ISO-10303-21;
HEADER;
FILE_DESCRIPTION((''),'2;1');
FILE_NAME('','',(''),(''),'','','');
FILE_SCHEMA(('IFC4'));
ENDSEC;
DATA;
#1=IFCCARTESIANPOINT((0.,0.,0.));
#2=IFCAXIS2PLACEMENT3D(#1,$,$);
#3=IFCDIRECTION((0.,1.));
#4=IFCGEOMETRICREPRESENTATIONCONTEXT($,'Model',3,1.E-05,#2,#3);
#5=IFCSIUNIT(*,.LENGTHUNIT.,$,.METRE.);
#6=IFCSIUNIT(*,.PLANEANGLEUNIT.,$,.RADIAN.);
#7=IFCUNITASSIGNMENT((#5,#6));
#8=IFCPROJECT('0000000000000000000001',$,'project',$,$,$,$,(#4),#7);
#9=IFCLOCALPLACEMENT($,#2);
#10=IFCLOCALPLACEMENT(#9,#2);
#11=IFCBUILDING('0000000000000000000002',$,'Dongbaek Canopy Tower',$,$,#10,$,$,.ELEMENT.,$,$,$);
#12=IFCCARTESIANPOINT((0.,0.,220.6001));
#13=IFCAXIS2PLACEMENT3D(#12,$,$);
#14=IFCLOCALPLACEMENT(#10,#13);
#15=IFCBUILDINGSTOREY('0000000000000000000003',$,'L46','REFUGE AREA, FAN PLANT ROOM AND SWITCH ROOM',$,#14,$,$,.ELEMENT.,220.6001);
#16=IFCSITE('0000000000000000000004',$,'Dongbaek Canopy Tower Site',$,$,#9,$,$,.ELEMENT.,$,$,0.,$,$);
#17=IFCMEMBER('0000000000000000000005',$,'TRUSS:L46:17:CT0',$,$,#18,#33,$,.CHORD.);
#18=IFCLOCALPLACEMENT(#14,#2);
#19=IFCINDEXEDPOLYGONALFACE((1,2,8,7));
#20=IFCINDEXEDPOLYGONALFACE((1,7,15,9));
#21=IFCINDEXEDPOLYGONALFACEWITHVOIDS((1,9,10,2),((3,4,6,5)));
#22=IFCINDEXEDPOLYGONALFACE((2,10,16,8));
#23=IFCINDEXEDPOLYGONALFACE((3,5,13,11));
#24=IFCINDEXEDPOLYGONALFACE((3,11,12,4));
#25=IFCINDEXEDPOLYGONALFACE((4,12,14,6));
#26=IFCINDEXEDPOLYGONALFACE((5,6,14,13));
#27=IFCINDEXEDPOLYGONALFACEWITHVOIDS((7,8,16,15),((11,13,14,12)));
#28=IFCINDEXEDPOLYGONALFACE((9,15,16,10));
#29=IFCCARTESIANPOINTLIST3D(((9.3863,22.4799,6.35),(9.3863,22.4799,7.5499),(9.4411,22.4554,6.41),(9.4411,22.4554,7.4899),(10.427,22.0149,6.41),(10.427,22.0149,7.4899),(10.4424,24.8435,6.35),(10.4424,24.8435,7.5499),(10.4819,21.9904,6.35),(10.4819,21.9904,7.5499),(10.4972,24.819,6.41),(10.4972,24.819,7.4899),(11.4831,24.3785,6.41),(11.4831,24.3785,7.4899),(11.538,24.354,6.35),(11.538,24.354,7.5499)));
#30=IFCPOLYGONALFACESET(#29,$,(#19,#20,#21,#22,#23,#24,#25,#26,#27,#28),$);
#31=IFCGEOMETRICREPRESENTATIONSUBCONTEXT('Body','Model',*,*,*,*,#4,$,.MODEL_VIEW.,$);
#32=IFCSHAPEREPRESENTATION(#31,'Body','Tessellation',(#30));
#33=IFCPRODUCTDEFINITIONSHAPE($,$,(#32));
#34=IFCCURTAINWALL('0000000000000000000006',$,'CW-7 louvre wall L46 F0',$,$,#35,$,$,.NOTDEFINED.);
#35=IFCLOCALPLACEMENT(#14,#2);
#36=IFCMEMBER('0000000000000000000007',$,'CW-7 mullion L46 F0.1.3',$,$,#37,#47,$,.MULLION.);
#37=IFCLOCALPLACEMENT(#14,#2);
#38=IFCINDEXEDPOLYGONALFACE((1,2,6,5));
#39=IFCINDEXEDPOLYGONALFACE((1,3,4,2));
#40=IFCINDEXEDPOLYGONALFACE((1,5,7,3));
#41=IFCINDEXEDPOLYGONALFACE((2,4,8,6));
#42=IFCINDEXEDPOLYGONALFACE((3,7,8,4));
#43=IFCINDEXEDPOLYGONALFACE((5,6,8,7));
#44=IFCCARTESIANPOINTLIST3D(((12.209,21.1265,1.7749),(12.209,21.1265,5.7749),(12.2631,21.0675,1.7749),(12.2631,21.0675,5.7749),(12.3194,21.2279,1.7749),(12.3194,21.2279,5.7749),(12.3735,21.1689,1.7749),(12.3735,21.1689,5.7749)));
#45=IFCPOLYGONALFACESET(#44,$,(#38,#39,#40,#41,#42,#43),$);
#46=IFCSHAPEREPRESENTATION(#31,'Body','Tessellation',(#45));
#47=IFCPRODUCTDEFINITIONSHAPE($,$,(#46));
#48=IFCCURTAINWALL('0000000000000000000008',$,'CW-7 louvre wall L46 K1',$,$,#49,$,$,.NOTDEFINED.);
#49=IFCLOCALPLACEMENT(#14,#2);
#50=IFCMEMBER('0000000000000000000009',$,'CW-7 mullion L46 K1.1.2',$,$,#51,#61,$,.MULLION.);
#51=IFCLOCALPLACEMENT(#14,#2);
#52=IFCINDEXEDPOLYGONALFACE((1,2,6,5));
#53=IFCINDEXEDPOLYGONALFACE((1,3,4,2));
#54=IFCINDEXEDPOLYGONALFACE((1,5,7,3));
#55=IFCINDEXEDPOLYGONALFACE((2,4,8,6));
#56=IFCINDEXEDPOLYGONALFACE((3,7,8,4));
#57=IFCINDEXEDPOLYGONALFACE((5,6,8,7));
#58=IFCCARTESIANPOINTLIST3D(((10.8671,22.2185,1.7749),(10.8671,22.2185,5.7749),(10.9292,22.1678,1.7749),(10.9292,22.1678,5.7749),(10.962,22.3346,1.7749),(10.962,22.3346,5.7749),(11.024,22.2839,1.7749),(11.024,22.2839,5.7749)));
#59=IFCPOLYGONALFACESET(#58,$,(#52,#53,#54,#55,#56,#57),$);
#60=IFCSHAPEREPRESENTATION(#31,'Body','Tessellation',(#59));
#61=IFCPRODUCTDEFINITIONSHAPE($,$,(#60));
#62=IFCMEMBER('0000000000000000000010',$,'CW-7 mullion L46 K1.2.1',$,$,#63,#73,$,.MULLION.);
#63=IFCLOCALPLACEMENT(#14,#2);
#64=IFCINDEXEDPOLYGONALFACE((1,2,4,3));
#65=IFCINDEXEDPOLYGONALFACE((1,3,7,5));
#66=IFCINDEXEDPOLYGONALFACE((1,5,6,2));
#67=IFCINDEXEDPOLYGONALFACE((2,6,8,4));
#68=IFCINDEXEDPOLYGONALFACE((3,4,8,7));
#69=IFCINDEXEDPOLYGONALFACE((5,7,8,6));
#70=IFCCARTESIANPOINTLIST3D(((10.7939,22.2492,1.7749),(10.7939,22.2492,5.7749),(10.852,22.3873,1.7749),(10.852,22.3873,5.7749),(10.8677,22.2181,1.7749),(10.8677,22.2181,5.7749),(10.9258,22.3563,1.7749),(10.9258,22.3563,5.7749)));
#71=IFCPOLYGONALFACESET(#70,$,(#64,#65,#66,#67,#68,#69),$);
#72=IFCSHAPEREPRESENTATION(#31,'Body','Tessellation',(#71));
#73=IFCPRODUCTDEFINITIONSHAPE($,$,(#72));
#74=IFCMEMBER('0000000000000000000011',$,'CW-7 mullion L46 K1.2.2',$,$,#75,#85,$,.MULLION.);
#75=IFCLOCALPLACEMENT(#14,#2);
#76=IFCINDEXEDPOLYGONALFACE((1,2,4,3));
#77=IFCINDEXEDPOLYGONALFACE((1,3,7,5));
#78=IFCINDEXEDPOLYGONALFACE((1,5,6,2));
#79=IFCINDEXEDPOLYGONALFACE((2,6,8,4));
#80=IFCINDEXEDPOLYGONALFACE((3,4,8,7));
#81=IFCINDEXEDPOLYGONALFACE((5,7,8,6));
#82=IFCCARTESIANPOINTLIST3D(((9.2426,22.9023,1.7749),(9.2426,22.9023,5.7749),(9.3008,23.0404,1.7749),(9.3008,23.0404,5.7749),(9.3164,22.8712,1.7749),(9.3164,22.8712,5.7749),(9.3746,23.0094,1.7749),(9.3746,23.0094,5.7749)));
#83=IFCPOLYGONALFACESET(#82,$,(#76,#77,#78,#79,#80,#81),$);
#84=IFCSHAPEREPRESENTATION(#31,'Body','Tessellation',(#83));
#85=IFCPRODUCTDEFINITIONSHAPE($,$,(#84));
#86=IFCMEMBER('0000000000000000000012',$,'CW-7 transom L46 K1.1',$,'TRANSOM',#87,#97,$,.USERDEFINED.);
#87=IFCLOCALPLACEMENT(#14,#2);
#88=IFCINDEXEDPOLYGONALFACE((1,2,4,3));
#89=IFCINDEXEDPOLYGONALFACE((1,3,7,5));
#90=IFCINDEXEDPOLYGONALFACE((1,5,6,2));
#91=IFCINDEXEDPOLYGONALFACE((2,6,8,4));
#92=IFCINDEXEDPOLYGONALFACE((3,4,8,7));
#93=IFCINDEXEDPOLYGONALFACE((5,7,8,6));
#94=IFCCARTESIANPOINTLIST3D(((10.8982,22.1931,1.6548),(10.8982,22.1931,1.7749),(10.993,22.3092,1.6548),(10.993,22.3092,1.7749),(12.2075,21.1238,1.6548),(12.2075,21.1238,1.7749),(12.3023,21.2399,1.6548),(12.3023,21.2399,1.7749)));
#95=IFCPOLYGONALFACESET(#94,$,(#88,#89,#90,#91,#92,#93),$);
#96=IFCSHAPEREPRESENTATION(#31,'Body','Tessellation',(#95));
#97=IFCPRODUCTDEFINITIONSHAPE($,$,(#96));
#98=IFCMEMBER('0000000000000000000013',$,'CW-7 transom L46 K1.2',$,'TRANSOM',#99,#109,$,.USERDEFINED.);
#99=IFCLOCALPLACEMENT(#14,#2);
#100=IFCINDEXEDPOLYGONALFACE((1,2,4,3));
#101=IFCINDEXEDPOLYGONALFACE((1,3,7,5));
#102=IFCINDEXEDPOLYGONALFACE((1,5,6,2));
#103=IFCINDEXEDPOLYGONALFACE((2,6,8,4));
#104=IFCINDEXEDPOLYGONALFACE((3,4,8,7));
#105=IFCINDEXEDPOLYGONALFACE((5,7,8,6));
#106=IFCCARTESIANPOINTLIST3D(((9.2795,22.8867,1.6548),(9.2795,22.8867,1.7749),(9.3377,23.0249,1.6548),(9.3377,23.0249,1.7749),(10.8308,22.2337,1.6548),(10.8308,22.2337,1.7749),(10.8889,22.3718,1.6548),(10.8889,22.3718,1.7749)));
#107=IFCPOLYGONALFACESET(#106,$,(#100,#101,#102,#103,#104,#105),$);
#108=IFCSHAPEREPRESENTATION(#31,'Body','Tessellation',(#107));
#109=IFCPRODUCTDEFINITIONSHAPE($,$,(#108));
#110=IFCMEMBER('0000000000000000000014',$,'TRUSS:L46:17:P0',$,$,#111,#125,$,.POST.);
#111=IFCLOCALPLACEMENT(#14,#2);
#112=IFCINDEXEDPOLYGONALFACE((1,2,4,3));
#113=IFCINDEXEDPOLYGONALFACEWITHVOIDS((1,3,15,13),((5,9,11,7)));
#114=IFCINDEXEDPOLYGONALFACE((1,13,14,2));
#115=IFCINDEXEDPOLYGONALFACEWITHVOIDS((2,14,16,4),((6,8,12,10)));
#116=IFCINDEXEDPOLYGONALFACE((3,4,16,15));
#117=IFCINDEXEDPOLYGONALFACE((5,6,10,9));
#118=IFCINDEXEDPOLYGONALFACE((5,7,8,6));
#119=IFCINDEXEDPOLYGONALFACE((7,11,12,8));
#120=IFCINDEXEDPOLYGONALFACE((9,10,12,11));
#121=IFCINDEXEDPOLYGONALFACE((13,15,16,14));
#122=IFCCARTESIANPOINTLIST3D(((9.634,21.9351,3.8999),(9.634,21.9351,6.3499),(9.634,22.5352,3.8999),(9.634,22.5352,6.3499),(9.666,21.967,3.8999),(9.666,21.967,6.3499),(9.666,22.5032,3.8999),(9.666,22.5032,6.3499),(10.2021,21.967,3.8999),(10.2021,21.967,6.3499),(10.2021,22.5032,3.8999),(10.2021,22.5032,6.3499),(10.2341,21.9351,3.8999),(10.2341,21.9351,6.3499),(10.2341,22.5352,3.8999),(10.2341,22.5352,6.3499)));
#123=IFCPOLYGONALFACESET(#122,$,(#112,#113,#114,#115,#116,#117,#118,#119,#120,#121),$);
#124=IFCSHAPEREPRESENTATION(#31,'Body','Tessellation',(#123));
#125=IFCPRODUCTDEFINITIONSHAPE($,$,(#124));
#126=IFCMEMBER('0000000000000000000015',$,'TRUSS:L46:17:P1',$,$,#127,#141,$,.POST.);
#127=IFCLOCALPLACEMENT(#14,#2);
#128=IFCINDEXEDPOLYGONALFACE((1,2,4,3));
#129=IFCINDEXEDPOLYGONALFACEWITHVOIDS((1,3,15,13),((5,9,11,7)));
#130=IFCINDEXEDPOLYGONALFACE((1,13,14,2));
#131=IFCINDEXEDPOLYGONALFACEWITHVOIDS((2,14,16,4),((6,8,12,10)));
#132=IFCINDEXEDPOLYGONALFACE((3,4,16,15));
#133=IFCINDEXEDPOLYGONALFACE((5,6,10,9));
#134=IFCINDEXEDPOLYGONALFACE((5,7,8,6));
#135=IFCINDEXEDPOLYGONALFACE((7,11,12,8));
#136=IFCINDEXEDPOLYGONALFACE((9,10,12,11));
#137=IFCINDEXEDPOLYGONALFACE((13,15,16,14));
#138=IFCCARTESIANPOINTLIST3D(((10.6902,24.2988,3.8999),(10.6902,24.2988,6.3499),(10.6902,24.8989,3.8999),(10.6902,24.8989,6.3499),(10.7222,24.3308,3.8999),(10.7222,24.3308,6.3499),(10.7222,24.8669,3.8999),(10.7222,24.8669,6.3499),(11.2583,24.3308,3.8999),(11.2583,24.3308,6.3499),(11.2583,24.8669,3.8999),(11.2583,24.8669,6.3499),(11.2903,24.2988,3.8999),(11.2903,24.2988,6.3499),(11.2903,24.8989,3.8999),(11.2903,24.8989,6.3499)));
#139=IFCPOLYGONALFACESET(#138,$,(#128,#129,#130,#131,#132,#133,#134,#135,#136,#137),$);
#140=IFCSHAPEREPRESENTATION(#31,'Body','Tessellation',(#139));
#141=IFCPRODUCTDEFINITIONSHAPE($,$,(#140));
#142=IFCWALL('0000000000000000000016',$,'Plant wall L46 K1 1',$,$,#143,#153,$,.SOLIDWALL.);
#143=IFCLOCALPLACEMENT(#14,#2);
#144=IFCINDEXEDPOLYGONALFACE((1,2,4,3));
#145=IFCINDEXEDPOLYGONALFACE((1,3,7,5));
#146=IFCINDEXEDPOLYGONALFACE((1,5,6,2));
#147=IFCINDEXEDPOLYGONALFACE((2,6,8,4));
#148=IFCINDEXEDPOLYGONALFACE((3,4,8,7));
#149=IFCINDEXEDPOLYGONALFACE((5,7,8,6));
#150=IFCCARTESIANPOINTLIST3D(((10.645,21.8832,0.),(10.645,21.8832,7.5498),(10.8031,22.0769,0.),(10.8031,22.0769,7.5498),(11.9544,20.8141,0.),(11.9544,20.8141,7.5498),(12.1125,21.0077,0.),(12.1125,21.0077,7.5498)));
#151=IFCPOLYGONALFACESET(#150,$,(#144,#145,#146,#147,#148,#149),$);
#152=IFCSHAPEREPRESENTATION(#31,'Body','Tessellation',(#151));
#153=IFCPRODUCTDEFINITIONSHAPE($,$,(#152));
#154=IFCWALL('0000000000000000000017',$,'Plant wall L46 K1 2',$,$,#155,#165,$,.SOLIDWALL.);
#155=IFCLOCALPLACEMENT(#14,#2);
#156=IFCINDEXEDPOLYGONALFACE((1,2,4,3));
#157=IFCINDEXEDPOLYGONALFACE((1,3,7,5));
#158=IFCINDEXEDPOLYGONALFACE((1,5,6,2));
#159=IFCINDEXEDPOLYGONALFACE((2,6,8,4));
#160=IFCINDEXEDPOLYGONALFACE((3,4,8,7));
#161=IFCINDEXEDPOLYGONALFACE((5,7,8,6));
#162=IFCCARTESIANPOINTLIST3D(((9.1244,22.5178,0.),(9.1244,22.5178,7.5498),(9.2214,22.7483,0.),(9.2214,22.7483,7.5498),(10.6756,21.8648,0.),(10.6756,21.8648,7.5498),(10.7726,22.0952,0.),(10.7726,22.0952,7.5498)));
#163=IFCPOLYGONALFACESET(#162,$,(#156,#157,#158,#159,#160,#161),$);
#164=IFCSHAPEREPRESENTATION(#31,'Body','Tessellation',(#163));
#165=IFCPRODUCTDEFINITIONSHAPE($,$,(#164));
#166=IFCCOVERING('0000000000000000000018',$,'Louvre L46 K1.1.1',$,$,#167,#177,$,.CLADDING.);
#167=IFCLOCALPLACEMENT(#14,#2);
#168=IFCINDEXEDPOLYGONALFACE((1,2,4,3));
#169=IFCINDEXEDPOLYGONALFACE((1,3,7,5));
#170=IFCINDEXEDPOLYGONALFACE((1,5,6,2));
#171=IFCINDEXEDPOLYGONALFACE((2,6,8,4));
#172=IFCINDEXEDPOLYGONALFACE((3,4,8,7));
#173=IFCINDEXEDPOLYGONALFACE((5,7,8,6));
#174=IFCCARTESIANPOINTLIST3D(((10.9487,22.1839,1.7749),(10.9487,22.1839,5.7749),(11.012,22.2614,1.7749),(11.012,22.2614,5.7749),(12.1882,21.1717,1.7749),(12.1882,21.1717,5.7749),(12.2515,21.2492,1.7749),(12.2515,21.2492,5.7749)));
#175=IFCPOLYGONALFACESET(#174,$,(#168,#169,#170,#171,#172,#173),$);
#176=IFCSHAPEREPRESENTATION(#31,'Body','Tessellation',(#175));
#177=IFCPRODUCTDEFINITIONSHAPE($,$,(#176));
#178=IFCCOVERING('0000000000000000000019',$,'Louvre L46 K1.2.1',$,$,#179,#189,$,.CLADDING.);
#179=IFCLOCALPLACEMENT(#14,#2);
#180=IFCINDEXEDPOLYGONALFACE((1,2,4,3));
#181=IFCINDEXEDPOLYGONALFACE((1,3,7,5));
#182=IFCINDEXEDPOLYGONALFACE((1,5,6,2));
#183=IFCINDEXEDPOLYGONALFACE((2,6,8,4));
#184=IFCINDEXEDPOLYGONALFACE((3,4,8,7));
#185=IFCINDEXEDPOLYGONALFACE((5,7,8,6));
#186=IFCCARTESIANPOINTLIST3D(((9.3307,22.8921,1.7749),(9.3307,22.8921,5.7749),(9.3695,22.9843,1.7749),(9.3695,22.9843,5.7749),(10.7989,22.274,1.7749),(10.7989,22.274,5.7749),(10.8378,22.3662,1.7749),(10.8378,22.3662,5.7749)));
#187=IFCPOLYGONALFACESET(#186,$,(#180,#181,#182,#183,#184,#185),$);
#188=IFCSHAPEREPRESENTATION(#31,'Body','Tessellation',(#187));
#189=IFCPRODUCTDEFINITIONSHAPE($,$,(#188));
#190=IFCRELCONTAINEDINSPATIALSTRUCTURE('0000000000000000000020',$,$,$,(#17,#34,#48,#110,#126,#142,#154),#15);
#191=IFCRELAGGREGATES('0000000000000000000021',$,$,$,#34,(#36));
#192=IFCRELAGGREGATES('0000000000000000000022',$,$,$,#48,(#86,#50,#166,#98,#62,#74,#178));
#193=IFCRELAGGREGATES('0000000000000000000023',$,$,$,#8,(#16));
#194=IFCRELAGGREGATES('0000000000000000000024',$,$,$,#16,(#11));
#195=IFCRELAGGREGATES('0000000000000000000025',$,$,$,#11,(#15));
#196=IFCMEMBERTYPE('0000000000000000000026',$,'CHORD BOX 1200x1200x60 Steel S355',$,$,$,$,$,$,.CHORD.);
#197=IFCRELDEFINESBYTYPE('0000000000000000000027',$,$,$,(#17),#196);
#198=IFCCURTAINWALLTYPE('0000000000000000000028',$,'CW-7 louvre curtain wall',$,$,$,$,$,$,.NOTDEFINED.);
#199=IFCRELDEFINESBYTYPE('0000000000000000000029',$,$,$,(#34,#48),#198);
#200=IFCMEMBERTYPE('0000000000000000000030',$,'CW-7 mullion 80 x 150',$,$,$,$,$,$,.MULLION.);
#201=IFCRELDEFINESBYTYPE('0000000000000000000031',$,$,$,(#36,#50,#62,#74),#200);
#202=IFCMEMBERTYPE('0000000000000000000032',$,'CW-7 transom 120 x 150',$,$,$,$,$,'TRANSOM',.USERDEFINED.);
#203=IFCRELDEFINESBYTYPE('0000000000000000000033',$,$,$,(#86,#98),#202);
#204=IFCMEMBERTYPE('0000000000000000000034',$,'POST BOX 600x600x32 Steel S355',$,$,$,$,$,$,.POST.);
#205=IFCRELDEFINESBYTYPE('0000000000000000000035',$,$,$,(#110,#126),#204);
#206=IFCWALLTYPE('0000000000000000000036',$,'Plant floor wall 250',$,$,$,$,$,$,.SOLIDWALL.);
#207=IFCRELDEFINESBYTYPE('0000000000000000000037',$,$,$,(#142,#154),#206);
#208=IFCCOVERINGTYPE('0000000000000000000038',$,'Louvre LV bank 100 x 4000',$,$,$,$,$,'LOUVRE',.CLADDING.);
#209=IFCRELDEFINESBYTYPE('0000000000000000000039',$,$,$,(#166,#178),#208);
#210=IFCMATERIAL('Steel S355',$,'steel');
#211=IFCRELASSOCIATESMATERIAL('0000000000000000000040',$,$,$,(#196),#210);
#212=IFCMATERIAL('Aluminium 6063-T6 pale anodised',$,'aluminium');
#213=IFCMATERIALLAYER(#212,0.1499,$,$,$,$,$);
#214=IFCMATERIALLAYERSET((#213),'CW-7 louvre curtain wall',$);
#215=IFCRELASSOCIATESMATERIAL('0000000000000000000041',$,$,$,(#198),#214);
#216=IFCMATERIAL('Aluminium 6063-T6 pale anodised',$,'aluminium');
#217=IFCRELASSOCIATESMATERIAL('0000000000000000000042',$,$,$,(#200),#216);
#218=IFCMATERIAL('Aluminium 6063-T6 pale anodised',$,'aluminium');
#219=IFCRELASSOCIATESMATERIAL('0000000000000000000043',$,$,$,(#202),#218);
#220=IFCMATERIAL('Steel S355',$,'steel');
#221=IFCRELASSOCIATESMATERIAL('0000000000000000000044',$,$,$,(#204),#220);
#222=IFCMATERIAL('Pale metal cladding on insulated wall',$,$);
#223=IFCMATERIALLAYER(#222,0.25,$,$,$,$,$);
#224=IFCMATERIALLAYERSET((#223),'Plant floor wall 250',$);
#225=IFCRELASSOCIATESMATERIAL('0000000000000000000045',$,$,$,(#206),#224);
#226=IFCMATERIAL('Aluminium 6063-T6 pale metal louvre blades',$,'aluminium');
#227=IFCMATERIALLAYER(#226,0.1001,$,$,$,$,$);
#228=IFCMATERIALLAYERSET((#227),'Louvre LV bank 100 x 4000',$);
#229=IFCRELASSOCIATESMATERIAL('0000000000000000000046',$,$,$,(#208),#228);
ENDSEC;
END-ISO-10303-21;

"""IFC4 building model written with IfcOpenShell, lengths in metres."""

from ifc_helpers import new_model, si_unit, direction, frame, frame_2d, origin, origin_2d, place, context, subcontext, project, spatial, rectangle, hollow_rectangle, extrude, material, layer, layer_set, material_profile, profile_set, type_object, element, aggregate, save


model = new_model("IFC4")

# Units and contexts
model_context = context("Model", 3, precision=1e-05, world=origin(), true_north=direction((0.0, 1.0)))
body_context = subcontext(model_context, "Body", "Model", "MODEL_VIEW")
ifc_project = project(units=[si_unit("LENGTHUNIT", "METRE"), si_unit("PLANEANGLEUNIT", "RADIAN")], contexts=[model_context])

# Site, building, storey
site_placement = place(None, origin())
site = spatial("IfcSite", under=ifc_project, at=site_placement, Name="Dongbaek Canopy Tower Site", CompositionType="ELEMENT", RefElevation=0.0)
building_placement = place(site_placement, origin())
building = spatial("IfcBuilding", under=site, at=building_placement, Name="Dongbaek Canopy Tower", CompositionType="ELEMENT")
storey_placement = place(building_placement, frame((0.0, 0.0, 220.6001)))
storey = spatial("IfcBuildingStorey", under=building, at=storey_placement, Name="L46", Description="REFUGE AREA, FAN PLANT ROOM AND SWITCH ROOM", CompositionType="ELEMENT", Elevation=220.6001)

# Member
ifc_material_1 = material(Name="Steel S355", Category="steel")
ifc_material_profile_1 = material_profile(ifc_material_1, hollow_rectangle(XDim=1.2, YDim=1.2, WallThickness=0.0601, at=origin_2d()), Name="CHORD BOX 1200x1200x60 Steel S355")
ifc_profile_set_1 = profile_set([ifc_material_profile_1], Name="Steel S355")
member_type_1 = type_object("IfcMemberType", Name="CHORD BOX 1200x1200x60 Steel S355", PredefinedType="CHORD", material=ifc_profile_set_1)
for number, where, z_axis, x_axis, name in (
    (1, (9.9341, 22.2351, 6.95), (0.40794, 0.913009, 0.0), (-0.913009, 0.40794, 0.0), "TRUSS:L46:17:CT0"),
):
    element("IfcMember", number, at=place(storey_placement, frame(where, z_axis=z_axis, x_axis=x_axis)), inside=storey, type_object=member_type_1, Name=name, PredefinedType="CHORD", context=body_context, shape_type="SweptSolid", body=[
        extrude(hollow_rectangle(XDim=1.2, YDim=1.2, WallThickness=0.0601, at=origin_2d()), origin(), (0.0, 0.0, 1.0), 2.5889),
    ])

# Curtain wall, member
ifc_material_2 = material(Name="Aluminium 6063-T6 pale anodised", Category="aluminium")
ifc_layer_1 = layer(ifc_material_2, 0.1499)
ifc_layer_set_1 = layer_set([ifc_layer_1], Name="CW-7 louvre curtain wall")
curtain_wall_type = type_object("IfcCurtainWallType", Name="CW-7 louvre curtain wall", PredefinedType="NOTDEFINED", material=ifc_layer_set_1)
curtain_wall_1_placement = place(storey_placement, origin())
curtain_wall_1 = element("IfcCurtainWall", 2, at=curtain_wall_1_placement, inside=storey, type_object=curtain_wall_type, Name="CW-7 louvre wall L46 F0", PredefinedType="NOTDEFINED")
ifc_material_3 = material(Name="Aluminium 6063-T6 pale anodised", Category="aluminium")
ifc_material_profile_2 = material_profile(ifc_material_3, rectangle(XDim=0.1499, YDim=0.0801, at=origin_2d()), Name="CW-7 mullion 80 x 150")
ifc_profile_set_2 = profile_set([ifc_material_profile_2], Name="Aluminium 6063-T6 pale anodised")
member_type_2 = type_object("IfcMemberType", Name="CW-7 mullion 80 x 150", PredefinedType="MULLION", material=ifc_profile_set_2)
member_1_placement = place(storey_placement, frame((12.2913, 21.1477, 1.7749), z_axis=(0.0, 0.0, 1.0), x_axis=(0.736542, 0.676392, 0.0)))
member_1 = element("IfcMember", 3, at=member_1_placement, type_object=member_type_2, Name="CW-7 mullion L46 F0.1.3", PredefinedType="MULLION", context=body_context, shape_type="SweptSolid", body=[
    extrude(rectangle(XDim=0.1499, YDim=0.0801, at=origin_2d()), origin(), (0.0, 0.0, 1.0), 4.0),
])
aggregate(curtain_wall_1, [member_1])

# Curtain wall, members
curtain_wall_2_placement = place(storey_placement, origin())
curtain_wall_2 = element("IfcCurtainWall", 4, at=curtain_wall_2_placement, inside=storey, type_object=curtain_wall_type, Name="CW-7 louvre wall L46 K1", PredefinedType="NOTDEFINED")
member_2_placement = place(storey_placement, frame((10.9456, 22.2512, 1.7749), z_axis=(0.0, 0.0, 1.0), x_axis=(0.632511, 0.774551, 0.0)))
member_2 = element("IfcMember", 5, at=member_2_placement, type_object=member_type_2, Name="CW-7 mullion L46 K1.1.2", PredefinedType="MULLION", context=body_context, shape_type="SweptSolid", body=[
    extrude(rectangle(XDim=0.1499, YDim=0.0801, at=origin_2d()), origin(), (0.0, 0.0, 1.0), 4.0),
])
member_3_placement = place(storey_placement, frame((10.8599, 22.3027, 1.7749), z_axis=(0.0, 0.0, 1.0), x_axis=(0.388024, 0.921649, 0.0)))
member_3 = element("IfcMember", 6, at=member_3_placement, type_object=member_type_2, Name="CW-7 mullion L46 K1.2.1", PredefinedType="MULLION", context=body_context, shape_type="SweptSolid", body=[
    extrude(rectangle(XDim=0.1499, YDim=0.0801, at=origin_2d()), origin(), (0.0, 0.0, 1.0), 4.0),
])
member_4_placement = place(storey_placement, frame((9.3086, 22.9558, 1.7749), z_axis=(0.0, 0.0, 1.0), x_axis=(0.388024, 0.921649, 0.0)))
member_4 = element("IfcMember", 7, at=member_4_placement, type_object=member_type_2, Name="CW-7 mullion L46 K1.2.2", PredefinedType="MULLION", context=body_context, shape_type="SweptSolid", body=[
    extrude(rectangle(XDim=0.1499, YDim=0.0801, at=origin_2d()), origin(), (0.0, 0.0, 1.0), 4.0),
])
ifc_material_4 = material(Name="Aluminium 6063-T6 pale anodised", Category="aluminium")
ifc_material_profile_3 = material_profile(ifc_material_4, rectangle(XDim=0.1499, YDim=0.1201, at=origin_2d()), Name="CW-7 transom 120 x 150")
ifc_profile_set_3 = profile_set([ifc_material_profile_3], Name="Aluminium 6063-T6 pale anodised")
member_type_3 = type_object("IfcMemberType", Name="CW-7 transom 120 x 150", ElementType="TRANSOM", PredefinedType="USERDEFINED", material=ifc_profile_set_3)
member_5_placement = place(storey_placement, frame((12.2549, 21.1819, 1.7148), z_axis=(-0.774517, 0.632553, 0.0), x_axis=(-0.632553, -0.774517, 0.0)))
member_5 = element("IfcMember", 8, at=member_5_placement, type_object=member_type_3, Name="CW-7 transom L46 K1.1", ObjectType="TRANSOM", PredefinedType="USERDEFINED", context=body_context, shape_type="SweptSolid", body=[
    extrude(rectangle(XDim=0.1499, YDim=0.1201, at=origin_2d()), origin(), (0.0, 0.0, 1.0), 1.6904),
])
member_6_placement = place(storey_placement, frame((10.8599, 22.3027, 1.7148), z_axis=(-0.921654, 0.388012, 0.0), x_axis=(-0.388012, -0.921654, 0.0)))
member_6 = element("IfcMember", 9, at=member_6_placement, type_object=member_type_3, Name="CW-7 transom L46 K1.2", ObjectType="TRANSOM", PredefinedType="USERDEFINED", context=body_context, shape_type="SweptSolid", body=[
    extrude(rectangle(XDim=0.1499, YDim=0.1201, at=origin_2d()), origin(), (0.0, 0.0, 1.0), 1.6831),
])

# Members
ifc_material_5 = material(Name="Steel S355", Category="steel")
ifc_material_profile_4 = material_profile(ifc_material_5, hollow_rectangle(XDim=0.6001, YDim=0.6001, WallThickness=0.032, at=origin_2d()), Name="POST BOX 600x600x32 Steel S355")
ifc_profile_set_4 = profile_set([ifc_material_profile_4], Name="Steel S355")
member_type_4 = type_object("IfcMemberType", Name="POST BOX 600x600x32 Steel S355", PredefinedType="POST", material=ifc_profile_set_4)
for number, where, z_axis, x_axis, name in (
    (10, (9.9341, 22.2351, 3.8999), (0.0, 0.0, 1.0), (1.0, 0.0, 0.0), "TRUSS:L46:17:P0"),
    (11, (10.9902, 24.5989, 3.8999), (0.0, 0.0, 1.0), (1.0, 0.0, 0.0), "TRUSS:L46:17:P1"),
):
    element("IfcMember", number, at=place(storey_placement, frame(where, z_axis=z_axis, x_axis=x_axis)), inside=storey, type_object=member_type_4, Name=name, PredefinedType="POST", context=body_context, shape_type="SweptSolid", body=[
        extrude(hollow_rectangle(XDim=0.6001, YDim=0.6001, WallThickness=0.032, at=origin_2d()), origin(), (0.0, 0.0, 1.0), 2.45),
    ])

# Walls
ifc_material_6 = material(Name="Pale metal cladding on insulated wall")
ifc_layer_2 = layer(ifc_material_6, 0.25)
ifc_layer_set_2 = layer_set([ifc_layer_2], Name="Plant floor wall 250")
wall_type = type_object("IfcWallType", Name="Plant floor wall 250", PredefinedType="SOLIDWALL", material=ifc_layer_set_2)
wall_1_placement = place(storey_placement, frame((12.0334, 20.9109, 0.0), z_axis=(0.0, 0.0, 1.0), x_axis=(-0.774588, 0.632467, 0.0)))
element("IfcWall", 12, at=wall_1_placement, inside=storey, type_object=wall_type, Name="Plant wall L46 K1 1", PredefinedType="SOLIDWALL", context=body_context, shape_type="SweptSolid", body=[
    extrude(rectangle(XDim=1.6904, YDim=0.25, at=frame_2d((0.8452, 0.0))), origin(), (0.0, 0.0, 1.0), 7.5498),
])
wall_2_placement = place(storey_placement, frame((10.7241, 21.98, 0.0), z_axis=(0.0, 0.0, 1.0), x_axis=(-0.921654, 0.388012, 0.0)))
element("IfcWall", 13, at=wall_2_placement, inside=storey, type_object=wall_type, Name="Plant wall L46 K1 2", PredefinedType="SOLIDWALL", context=body_context, shape_type="SweptSolid", body=[
    extrude(rectangle(XDim=1.6831, YDim=0.25, at=frame_2d((0.8416, 0.0))), origin(), (0.0, 0.0, 1.0), 7.5498),
])

# Coverings
ifc_material_7 = material(Name="Aluminium 6063-T6 pale metal louvre blades", Category="aluminium")
ifc_layer_3 = layer(ifc_material_7, 0.1001)
ifc_layer_set_3 = layer_set([ifc_layer_3], Name="Louvre LV bank 100 x 4000")
covering_type = type_object("IfcCoveringType", Name="Louvre LV bank 100 x 4000", ElementType="LOUVRE", PredefinedType="CLADDING", material=ifc_layer_set_3)
covering_1_placement = place(storey_placement, frame((11.6001, 21.7166, 1.7749), z_axis=(0.0, 0.0, 1.0), x_axis=(-0.774551, 0.632511, 0.0)))
covering_1 = element("IfcCovering", 14, at=covering_1_placement, type_object=covering_type, Name="Louvre L46 K1.1.1", PredefinedType="CLADDING", context=body_context, shape_type="SweptSolid", body=[
    extrude(rectangle(XDim=1.6003, YDim=0.1001, at=origin_2d()), origin(), (0.0, 0.0, 1.0), 4.0),
])
covering_2_placement = place(storey_placement, frame((10.0842, 22.6292, 1.7749), z_axis=(0.0, 0.0, 1.0), x_axis=(-0.921649, 0.388024, 0.0)))
covering_2 = element("IfcCovering", 15, at=covering_2_placement, type_object=covering_type, Name="Louvre L46 K1.2.1", PredefinedType="CLADDING", context=body_context, shape_type="SweptSolid", body=[
    extrude(rectangle(XDim=1.593, YDim=0.1001, at=origin_2d()), origin(), (0.0, 0.0, 1.0), 4.0),
])

aggregate(curtain_wall_2, [member_5, member_2, covering_1, member_6, member_3, member_4, covering_2])

save(model, "model.ifc")
